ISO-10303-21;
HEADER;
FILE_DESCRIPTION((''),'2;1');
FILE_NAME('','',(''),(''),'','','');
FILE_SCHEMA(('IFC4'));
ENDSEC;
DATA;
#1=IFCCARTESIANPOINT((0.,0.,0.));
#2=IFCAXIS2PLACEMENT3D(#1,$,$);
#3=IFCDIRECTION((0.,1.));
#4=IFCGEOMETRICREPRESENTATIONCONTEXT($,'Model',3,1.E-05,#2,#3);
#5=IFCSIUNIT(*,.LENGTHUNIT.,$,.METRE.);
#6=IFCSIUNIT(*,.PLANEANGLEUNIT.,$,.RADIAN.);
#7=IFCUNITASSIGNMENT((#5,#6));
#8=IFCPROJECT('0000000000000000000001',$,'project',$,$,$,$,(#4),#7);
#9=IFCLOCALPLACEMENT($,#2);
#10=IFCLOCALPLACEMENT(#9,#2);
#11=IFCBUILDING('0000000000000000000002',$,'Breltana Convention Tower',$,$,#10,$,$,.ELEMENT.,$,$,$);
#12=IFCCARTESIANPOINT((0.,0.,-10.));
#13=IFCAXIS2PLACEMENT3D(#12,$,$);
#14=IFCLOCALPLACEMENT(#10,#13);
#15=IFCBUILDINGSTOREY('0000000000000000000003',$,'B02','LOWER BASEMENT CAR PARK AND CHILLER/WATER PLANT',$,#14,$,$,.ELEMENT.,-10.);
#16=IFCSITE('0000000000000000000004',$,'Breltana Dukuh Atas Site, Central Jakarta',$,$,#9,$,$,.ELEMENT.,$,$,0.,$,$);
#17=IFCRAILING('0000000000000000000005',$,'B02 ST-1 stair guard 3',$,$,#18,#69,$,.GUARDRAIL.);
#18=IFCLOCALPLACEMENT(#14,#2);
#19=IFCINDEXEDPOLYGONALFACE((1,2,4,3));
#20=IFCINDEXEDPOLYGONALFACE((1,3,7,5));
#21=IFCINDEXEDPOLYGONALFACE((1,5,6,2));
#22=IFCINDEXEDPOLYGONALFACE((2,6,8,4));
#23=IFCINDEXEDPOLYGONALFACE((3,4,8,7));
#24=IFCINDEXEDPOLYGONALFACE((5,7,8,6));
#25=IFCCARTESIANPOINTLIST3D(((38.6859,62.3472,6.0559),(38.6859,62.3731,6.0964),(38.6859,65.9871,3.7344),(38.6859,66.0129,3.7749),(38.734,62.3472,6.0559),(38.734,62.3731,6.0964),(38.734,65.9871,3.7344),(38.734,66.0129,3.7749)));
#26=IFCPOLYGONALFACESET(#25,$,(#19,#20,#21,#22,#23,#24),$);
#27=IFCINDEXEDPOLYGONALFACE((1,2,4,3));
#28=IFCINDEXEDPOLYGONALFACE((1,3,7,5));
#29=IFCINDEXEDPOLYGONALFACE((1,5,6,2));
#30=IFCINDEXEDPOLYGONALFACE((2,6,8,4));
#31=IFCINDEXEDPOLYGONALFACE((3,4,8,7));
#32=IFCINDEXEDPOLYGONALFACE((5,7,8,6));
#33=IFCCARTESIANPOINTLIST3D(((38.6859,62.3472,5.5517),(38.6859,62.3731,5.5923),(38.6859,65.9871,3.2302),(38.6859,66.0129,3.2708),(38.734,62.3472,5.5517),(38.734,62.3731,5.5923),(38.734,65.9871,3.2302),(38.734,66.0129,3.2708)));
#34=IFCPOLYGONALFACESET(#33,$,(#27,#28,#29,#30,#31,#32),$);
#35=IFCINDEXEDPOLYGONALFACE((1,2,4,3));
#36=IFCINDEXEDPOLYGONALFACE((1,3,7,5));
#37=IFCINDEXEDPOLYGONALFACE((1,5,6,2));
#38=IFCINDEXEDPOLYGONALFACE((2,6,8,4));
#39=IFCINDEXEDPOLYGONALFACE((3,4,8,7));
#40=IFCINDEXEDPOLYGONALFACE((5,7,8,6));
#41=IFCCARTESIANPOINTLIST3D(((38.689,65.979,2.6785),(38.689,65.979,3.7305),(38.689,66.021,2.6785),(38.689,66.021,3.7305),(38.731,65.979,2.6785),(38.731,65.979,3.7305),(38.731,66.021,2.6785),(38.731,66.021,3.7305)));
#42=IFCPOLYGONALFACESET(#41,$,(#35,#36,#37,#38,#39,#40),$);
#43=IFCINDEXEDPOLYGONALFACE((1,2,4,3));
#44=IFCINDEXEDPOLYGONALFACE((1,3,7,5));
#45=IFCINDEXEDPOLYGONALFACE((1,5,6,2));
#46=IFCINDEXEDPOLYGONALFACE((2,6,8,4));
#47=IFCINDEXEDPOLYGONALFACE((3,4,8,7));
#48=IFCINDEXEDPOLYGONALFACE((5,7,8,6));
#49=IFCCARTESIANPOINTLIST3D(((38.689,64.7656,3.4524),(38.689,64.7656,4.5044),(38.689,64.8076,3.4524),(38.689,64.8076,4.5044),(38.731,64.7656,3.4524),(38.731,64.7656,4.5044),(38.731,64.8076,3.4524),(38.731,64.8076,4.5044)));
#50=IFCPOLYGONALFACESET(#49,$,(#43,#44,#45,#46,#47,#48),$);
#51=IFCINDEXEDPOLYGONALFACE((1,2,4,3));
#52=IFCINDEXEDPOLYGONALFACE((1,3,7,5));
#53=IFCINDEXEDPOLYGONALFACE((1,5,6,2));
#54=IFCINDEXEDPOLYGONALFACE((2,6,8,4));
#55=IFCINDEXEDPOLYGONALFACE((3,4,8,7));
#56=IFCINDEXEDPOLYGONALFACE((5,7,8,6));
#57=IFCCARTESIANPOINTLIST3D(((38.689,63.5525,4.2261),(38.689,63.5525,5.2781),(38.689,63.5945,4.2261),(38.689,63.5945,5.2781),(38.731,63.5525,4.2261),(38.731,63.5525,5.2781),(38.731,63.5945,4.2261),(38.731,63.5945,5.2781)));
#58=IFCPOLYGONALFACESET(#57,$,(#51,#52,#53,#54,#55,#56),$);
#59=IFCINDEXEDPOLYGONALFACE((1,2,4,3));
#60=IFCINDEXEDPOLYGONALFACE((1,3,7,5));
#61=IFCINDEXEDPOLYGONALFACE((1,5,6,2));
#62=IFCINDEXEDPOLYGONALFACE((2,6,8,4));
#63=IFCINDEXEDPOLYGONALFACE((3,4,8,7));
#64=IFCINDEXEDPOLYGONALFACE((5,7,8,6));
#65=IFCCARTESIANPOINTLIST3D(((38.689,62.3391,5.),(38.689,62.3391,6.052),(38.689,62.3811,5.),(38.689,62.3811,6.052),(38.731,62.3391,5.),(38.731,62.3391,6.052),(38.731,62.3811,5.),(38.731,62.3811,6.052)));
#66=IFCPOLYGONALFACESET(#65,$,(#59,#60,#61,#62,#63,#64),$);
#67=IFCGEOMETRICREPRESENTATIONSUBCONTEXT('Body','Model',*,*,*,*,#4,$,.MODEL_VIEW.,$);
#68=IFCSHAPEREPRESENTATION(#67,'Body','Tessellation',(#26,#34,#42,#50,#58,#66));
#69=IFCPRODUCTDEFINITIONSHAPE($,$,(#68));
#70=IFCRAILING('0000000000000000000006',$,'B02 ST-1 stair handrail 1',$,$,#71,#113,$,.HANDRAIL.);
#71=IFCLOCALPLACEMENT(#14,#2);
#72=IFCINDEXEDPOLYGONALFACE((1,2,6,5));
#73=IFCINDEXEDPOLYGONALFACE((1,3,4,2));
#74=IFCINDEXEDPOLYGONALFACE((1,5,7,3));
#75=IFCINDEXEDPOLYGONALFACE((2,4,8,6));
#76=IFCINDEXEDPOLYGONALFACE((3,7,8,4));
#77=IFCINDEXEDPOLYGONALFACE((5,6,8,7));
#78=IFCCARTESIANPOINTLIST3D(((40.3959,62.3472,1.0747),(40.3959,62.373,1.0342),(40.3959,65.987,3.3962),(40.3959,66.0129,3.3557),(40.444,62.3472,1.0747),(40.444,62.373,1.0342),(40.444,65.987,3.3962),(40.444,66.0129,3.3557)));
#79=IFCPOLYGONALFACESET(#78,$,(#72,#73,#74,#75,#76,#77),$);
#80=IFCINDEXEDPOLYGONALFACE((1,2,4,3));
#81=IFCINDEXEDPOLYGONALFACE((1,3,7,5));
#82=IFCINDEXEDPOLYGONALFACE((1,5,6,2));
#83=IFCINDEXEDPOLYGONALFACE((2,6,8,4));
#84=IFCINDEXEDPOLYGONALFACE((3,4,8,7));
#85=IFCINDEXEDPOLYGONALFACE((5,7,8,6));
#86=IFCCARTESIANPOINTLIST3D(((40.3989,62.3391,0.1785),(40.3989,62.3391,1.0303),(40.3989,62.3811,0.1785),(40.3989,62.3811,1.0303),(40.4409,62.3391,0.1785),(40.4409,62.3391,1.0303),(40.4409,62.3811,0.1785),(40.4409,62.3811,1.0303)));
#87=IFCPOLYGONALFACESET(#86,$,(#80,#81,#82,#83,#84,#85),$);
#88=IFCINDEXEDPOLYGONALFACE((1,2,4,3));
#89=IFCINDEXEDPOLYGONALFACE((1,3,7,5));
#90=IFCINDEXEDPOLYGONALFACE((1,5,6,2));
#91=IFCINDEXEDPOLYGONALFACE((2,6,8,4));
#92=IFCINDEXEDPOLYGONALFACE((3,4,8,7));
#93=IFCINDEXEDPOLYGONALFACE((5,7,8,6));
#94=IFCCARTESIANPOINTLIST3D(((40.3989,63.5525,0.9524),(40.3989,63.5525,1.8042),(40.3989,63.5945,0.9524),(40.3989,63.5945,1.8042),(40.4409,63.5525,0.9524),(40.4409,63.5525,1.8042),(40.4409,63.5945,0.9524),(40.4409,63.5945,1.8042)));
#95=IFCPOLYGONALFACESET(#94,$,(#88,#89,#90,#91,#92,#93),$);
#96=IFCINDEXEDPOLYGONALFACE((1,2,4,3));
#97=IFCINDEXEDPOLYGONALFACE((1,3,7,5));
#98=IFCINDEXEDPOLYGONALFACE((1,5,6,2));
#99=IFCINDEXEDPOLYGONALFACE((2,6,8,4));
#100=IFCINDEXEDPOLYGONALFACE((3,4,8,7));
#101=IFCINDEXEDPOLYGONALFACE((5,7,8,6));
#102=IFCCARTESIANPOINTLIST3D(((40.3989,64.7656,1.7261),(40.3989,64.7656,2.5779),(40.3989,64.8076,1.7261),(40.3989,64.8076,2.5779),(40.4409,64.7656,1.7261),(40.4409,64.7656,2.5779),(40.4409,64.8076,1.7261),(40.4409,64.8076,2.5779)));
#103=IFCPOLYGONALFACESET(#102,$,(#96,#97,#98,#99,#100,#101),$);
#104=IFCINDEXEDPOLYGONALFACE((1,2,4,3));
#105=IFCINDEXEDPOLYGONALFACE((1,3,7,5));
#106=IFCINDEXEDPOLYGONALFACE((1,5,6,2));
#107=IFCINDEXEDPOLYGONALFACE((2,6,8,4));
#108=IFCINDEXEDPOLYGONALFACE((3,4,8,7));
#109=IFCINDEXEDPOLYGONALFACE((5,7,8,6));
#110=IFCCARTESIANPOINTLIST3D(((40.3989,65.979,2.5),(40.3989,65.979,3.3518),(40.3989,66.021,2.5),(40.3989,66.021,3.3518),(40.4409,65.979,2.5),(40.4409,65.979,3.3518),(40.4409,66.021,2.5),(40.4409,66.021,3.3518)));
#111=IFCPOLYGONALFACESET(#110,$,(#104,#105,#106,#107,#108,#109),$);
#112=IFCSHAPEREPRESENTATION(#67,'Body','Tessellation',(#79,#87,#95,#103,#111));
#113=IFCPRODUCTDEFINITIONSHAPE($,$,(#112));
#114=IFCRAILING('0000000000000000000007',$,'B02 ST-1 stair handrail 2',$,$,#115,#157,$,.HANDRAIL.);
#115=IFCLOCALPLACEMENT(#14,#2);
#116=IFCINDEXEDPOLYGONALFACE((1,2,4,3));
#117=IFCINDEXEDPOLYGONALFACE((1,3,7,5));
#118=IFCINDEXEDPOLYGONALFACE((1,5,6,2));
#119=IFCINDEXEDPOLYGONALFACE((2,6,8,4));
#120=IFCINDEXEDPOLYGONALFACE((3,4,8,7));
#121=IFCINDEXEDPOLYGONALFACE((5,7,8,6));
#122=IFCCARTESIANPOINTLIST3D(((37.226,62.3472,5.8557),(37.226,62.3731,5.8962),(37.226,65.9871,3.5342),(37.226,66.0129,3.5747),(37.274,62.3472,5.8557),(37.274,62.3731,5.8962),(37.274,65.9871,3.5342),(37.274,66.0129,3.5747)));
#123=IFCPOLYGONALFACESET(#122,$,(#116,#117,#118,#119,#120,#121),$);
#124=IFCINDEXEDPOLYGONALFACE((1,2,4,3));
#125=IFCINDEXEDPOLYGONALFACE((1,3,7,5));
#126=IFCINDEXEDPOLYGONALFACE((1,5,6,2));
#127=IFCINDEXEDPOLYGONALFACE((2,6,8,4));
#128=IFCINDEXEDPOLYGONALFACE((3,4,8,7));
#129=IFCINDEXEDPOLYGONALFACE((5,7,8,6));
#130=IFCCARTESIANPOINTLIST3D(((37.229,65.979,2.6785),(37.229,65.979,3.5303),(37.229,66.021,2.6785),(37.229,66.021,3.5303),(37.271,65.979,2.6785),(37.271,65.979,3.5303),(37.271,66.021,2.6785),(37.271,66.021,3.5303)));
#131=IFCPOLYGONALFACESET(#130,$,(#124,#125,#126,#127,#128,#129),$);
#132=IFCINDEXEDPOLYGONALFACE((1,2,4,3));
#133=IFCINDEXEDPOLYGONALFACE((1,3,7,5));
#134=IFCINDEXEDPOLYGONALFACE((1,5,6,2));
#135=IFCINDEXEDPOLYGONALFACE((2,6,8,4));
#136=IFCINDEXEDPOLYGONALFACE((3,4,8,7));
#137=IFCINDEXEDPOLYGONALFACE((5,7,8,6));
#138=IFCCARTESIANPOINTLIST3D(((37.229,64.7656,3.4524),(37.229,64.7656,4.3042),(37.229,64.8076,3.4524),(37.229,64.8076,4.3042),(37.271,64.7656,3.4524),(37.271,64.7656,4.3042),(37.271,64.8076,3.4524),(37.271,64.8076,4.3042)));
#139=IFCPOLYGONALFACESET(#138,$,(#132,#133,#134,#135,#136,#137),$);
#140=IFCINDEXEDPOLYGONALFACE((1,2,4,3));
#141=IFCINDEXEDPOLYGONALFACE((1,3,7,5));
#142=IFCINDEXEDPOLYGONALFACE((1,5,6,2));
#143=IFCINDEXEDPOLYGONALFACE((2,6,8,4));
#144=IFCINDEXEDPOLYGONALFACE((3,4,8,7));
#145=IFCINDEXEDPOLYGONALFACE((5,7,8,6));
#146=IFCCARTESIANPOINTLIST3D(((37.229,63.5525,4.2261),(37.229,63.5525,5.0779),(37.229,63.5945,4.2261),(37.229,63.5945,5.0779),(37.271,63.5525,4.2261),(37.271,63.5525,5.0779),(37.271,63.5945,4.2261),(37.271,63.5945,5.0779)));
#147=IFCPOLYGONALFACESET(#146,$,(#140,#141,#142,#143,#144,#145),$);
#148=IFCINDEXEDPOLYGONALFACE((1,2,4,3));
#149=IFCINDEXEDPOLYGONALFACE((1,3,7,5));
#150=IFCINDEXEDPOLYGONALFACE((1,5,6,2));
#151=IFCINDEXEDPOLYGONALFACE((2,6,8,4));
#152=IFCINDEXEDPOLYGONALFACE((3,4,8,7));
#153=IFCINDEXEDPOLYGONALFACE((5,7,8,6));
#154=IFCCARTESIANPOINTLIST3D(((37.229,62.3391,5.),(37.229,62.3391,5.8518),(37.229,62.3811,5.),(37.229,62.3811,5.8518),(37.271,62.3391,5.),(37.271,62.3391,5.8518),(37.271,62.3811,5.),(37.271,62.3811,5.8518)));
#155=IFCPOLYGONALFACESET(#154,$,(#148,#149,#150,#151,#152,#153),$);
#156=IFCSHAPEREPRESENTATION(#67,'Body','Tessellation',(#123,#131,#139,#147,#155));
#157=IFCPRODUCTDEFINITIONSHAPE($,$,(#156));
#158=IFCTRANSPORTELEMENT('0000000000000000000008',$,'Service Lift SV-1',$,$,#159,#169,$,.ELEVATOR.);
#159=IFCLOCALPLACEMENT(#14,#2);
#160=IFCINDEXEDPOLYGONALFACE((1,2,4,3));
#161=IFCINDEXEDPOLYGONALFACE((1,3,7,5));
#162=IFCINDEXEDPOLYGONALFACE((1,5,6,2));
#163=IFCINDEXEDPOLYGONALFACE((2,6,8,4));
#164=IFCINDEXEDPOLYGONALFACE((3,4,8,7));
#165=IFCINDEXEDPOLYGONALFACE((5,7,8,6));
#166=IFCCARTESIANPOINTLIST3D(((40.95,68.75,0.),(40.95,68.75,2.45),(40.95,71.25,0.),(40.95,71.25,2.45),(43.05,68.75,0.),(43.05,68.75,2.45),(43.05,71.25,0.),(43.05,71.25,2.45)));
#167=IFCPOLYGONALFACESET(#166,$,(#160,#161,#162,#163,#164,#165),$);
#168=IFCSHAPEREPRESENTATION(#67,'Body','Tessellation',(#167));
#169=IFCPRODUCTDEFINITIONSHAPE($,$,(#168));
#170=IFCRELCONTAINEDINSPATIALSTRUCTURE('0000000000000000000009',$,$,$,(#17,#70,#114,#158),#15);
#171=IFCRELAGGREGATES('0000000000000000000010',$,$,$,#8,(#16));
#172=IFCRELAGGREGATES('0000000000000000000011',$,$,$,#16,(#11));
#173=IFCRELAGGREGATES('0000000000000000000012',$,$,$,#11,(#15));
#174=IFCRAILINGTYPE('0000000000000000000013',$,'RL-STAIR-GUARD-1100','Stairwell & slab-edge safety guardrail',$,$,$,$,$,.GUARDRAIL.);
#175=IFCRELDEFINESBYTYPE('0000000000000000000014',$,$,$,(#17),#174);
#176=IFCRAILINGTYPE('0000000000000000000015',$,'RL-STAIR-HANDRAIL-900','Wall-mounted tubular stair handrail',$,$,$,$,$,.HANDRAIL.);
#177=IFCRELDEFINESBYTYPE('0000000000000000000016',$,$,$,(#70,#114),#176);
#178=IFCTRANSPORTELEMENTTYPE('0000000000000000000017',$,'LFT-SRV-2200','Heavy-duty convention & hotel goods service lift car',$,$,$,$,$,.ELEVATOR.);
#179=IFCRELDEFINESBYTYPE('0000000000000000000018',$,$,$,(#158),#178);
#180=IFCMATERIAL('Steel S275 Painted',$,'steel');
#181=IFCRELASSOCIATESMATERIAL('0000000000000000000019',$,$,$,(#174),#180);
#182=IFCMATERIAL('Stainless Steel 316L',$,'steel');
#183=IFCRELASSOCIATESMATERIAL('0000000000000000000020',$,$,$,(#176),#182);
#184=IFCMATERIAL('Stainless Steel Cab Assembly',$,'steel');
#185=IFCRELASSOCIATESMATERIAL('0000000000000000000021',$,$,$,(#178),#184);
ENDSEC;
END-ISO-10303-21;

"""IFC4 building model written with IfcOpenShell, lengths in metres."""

from ifc_helpers import new_model, si_unit, direction, frame, origin, origin_2d, place, context, subcontext, project, spatial, rectangle, extrude, source, transform, mapped, material, type_object, type_shapes, element, save


model = new_model("IFC4")

# Units and contexts
model_context = context("Model", 3, precision=1e-05, world=origin(), true_north=direction((0.0, 1.0)))
body_context = subcontext(model_context, "Body", "Model", "MODEL_VIEW")
ifc_project = project(units=[si_unit("LENGTHUNIT", "METRE"), si_unit("PLANEANGLEUNIT", "RADIAN")], contexts=[model_context])

# Site, building, storey
site_placement = place(None, origin())
site = spatial("IfcSite", under=ifc_project, at=site_placement, Name="Breltana Dukuh Atas Site, Central Jakarta", CompositionType="ELEMENT", RefElevation=0.0)
building_placement = place(site_placement, origin())
building = spatial("IfcBuilding", under=site, at=building_placement, Name="Breltana Convention Tower", CompositionType="ELEMENT")
storey_placement = place(building_placement, frame((0.0, 0.0, -10.0)))
storey = spatial("IfcBuildingStorey", under=building, at=storey_placement, Name="B02", Description="LOWER BASEMENT CAR PARK AND CHILLER/WATER PLANT", CompositionType="ELEMENT", Elevation=-10.0)

# Railings
ifc_material_1 = material(Name="Steel S275 Painted", Category="steel")
railing_type_1 = type_object("IfcRailingType", Name="RL-STAIR-GUARD-1100", Description="Stairwell & slab-edge safety guardrail", PredefinedType="GUARDRAIL", material=ifc_material_1)
railing_1_placement = place(storey_placement, frame((38.71, 66.0, 2.6785)))
element("IfcRailing", 1, at=railing_1_placement, inside=storey, type_object=railing_type_1, Name="B02 ST-1 stair guard 3", PredefinedType="GUARDRAIL", context=body_context, shape_type="SweptSolid", body=[
    extrude(rectangle(XDim=0.0481, YDim=0.0481, at=origin_2d()), frame((0.0, 0.0, 1.0762), z_axis=(0.0, -0.843112, 0.537739), x_axis=(1.0, 0.0, 0.0)), (0.0, 0.0, 1.0), 4.3171),
    extrude(rectangle(XDim=0.0481, YDim=0.0481, at=origin_2d()), frame((0.0, 0.0, 0.572), z_axis=(0.0, -0.843112, 0.537739), x_axis=(1.0, 0.0, 0.0)), (0.0, 0.0, 1.0), 4.3171),
    extrude(rectangle(XDim=0.042, YDim=0.042, at=origin_2d()), origin(), (0.0, 0.0, 1.0), 1.052),
    extrude(rectangle(XDim=0.042, YDim=0.042, at=origin_2d()), frame((0.0, -1.2134, 0.7739)), (0.0, 0.0, 1.0), 1.052),
    extrude(rectangle(XDim=0.042, YDim=0.042, at=origin_2d()), frame((0.0, -2.4265, 1.5476)), (0.0, 0.0, 1.0), 1.052),
    extrude(rectangle(XDim=0.042, YDim=0.042, at=origin_2d()), frame((0.0, -3.6399, 2.3215)), (0.0, 0.0, 1.0), 1.052),
])
ifc_material_2 = material(Name="Stainless Steel 316L", Category="steel")
railing_type_2 = type_object("IfcRailingType", Name="RL-STAIR-HANDRAIL-900", Description="Wall-mounted tubular stair handrail", PredefinedType="HANDRAIL", material=ifc_material_2)
railing_2_placement = place(storey_placement, frame((40.4199, 62.3601, 0.1785)))
element("IfcRailing", 2, at=railing_2_placement, inside=storey, type_object=railing_type_2, Name="B02 ST-1 stair handrail 1", PredefinedType="HANDRAIL", context=body_context, shape_type="SweptSolid", body=[
    extrude(rectangle(XDim=0.0481, YDim=0.0481, at=origin_2d()), frame((0.0, 0.0, 0.876), z_axis=(0.0, 0.843112, 0.537739), x_axis=(-1.0, 0.0, 0.0)), (0.0, 0.0, 1.0), 4.3171),
    extrude(rectangle(XDim=0.042, YDim=0.042, at=origin_2d()), origin(), (0.0, 0.0, 1.0), 0.8518),
    extrude(rectangle(XDim=0.042, YDim=0.042, at=origin_2d()), frame((0.0, 1.2134, 0.7739)), (0.0, 0.0, 1.0), 0.8518),
    extrude(rectangle(XDim=0.042, YDim=0.042, at=origin_2d()), frame((0.0, 2.4265, 1.5476)), (0.0, 0.0, 1.0), 0.8518),
    extrude(rectangle(XDim=0.042, YDim=0.042, at=origin_2d()), frame((0.0, 3.6399, 2.3215)), (0.0, 0.0, 1.0), 0.8518),
])
railing_3_placement = place(storey_placement, frame((37.25, 66.0, 2.6785)))
element("IfcRailing", 3, at=railing_3_placement, inside=storey, type_object=railing_type_2, Name="B02 ST-1 stair handrail 2", PredefinedType="HANDRAIL", context=body_context, shape_type="SweptSolid", body=[
    extrude(rectangle(XDim=0.0481, YDim=0.0481, at=origin_2d()), frame((0.0, 0.0, 0.876), z_axis=(0.0, -0.843112, 0.537739), x_axis=(1.0, 0.0, 0.0)), (0.0, 0.0, 1.0), 4.3171),
    extrude(rectangle(XDim=0.042, YDim=0.042, at=origin_2d()), origin(), (0.0, 0.0, 1.0), 0.8518),
    extrude(rectangle(XDim=0.042, YDim=0.042, at=origin_2d()), frame((0.0, -1.2134, 0.7739)), (0.0, 0.0, 1.0), 0.8518),
    extrude(rectangle(XDim=0.042, YDim=0.042, at=origin_2d()), frame((0.0, -2.4265, 1.5476)), (0.0, 0.0, 1.0), 0.8518),
    extrude(rectangle(XDim=0.042, YDim=0.042, at=origin_2d()), frame((0.0, -3.6399, 2.3215)), (0.0, 0.0, 1.0), 0.8518),
])

# Transport element
ifc_material_3 = material(Name="Stainless Steel Cab Assembly", Category="steel")
transport_element_type = type_object("IfcTransportElementType", Name="LFT-SRV-2200", Description="Heavy-duty convention & hotel goods service lift car", PredefinedType="ELEVATOR", material=ifc_material_3)
shared_shape_1 = source(origin(), body_context, "Body", "SweptSolid", [
    extrude(rectangle(XDim=2.1001, YDim=2.5, at=origin_2d()), origin(), (0.0, 0.0, 1.0), 2.45),
])
type_shapes(transport_element_type, [shared_shape_1])
transport_element_placement = place(storey_placement, frame((42.0, 70.0, 0.0), z_axis=(0.0, 0.0, 1.0), x_axis=(1.0, 0.0, 0.0)))
element("IfcTransportElement", 4, at=transport_element_placement, inside=storey, type_object=transport_element_type, Name="Service Lift SV-1", PredefinedType="ELEVATOR", context=body_context, shape_type="MappedRepresentation", body=[
    mapped(shared_shape_1, transform((0.0, 0.0, 0.0), scale=1.0)),
])

save(model, "model.ifc")
